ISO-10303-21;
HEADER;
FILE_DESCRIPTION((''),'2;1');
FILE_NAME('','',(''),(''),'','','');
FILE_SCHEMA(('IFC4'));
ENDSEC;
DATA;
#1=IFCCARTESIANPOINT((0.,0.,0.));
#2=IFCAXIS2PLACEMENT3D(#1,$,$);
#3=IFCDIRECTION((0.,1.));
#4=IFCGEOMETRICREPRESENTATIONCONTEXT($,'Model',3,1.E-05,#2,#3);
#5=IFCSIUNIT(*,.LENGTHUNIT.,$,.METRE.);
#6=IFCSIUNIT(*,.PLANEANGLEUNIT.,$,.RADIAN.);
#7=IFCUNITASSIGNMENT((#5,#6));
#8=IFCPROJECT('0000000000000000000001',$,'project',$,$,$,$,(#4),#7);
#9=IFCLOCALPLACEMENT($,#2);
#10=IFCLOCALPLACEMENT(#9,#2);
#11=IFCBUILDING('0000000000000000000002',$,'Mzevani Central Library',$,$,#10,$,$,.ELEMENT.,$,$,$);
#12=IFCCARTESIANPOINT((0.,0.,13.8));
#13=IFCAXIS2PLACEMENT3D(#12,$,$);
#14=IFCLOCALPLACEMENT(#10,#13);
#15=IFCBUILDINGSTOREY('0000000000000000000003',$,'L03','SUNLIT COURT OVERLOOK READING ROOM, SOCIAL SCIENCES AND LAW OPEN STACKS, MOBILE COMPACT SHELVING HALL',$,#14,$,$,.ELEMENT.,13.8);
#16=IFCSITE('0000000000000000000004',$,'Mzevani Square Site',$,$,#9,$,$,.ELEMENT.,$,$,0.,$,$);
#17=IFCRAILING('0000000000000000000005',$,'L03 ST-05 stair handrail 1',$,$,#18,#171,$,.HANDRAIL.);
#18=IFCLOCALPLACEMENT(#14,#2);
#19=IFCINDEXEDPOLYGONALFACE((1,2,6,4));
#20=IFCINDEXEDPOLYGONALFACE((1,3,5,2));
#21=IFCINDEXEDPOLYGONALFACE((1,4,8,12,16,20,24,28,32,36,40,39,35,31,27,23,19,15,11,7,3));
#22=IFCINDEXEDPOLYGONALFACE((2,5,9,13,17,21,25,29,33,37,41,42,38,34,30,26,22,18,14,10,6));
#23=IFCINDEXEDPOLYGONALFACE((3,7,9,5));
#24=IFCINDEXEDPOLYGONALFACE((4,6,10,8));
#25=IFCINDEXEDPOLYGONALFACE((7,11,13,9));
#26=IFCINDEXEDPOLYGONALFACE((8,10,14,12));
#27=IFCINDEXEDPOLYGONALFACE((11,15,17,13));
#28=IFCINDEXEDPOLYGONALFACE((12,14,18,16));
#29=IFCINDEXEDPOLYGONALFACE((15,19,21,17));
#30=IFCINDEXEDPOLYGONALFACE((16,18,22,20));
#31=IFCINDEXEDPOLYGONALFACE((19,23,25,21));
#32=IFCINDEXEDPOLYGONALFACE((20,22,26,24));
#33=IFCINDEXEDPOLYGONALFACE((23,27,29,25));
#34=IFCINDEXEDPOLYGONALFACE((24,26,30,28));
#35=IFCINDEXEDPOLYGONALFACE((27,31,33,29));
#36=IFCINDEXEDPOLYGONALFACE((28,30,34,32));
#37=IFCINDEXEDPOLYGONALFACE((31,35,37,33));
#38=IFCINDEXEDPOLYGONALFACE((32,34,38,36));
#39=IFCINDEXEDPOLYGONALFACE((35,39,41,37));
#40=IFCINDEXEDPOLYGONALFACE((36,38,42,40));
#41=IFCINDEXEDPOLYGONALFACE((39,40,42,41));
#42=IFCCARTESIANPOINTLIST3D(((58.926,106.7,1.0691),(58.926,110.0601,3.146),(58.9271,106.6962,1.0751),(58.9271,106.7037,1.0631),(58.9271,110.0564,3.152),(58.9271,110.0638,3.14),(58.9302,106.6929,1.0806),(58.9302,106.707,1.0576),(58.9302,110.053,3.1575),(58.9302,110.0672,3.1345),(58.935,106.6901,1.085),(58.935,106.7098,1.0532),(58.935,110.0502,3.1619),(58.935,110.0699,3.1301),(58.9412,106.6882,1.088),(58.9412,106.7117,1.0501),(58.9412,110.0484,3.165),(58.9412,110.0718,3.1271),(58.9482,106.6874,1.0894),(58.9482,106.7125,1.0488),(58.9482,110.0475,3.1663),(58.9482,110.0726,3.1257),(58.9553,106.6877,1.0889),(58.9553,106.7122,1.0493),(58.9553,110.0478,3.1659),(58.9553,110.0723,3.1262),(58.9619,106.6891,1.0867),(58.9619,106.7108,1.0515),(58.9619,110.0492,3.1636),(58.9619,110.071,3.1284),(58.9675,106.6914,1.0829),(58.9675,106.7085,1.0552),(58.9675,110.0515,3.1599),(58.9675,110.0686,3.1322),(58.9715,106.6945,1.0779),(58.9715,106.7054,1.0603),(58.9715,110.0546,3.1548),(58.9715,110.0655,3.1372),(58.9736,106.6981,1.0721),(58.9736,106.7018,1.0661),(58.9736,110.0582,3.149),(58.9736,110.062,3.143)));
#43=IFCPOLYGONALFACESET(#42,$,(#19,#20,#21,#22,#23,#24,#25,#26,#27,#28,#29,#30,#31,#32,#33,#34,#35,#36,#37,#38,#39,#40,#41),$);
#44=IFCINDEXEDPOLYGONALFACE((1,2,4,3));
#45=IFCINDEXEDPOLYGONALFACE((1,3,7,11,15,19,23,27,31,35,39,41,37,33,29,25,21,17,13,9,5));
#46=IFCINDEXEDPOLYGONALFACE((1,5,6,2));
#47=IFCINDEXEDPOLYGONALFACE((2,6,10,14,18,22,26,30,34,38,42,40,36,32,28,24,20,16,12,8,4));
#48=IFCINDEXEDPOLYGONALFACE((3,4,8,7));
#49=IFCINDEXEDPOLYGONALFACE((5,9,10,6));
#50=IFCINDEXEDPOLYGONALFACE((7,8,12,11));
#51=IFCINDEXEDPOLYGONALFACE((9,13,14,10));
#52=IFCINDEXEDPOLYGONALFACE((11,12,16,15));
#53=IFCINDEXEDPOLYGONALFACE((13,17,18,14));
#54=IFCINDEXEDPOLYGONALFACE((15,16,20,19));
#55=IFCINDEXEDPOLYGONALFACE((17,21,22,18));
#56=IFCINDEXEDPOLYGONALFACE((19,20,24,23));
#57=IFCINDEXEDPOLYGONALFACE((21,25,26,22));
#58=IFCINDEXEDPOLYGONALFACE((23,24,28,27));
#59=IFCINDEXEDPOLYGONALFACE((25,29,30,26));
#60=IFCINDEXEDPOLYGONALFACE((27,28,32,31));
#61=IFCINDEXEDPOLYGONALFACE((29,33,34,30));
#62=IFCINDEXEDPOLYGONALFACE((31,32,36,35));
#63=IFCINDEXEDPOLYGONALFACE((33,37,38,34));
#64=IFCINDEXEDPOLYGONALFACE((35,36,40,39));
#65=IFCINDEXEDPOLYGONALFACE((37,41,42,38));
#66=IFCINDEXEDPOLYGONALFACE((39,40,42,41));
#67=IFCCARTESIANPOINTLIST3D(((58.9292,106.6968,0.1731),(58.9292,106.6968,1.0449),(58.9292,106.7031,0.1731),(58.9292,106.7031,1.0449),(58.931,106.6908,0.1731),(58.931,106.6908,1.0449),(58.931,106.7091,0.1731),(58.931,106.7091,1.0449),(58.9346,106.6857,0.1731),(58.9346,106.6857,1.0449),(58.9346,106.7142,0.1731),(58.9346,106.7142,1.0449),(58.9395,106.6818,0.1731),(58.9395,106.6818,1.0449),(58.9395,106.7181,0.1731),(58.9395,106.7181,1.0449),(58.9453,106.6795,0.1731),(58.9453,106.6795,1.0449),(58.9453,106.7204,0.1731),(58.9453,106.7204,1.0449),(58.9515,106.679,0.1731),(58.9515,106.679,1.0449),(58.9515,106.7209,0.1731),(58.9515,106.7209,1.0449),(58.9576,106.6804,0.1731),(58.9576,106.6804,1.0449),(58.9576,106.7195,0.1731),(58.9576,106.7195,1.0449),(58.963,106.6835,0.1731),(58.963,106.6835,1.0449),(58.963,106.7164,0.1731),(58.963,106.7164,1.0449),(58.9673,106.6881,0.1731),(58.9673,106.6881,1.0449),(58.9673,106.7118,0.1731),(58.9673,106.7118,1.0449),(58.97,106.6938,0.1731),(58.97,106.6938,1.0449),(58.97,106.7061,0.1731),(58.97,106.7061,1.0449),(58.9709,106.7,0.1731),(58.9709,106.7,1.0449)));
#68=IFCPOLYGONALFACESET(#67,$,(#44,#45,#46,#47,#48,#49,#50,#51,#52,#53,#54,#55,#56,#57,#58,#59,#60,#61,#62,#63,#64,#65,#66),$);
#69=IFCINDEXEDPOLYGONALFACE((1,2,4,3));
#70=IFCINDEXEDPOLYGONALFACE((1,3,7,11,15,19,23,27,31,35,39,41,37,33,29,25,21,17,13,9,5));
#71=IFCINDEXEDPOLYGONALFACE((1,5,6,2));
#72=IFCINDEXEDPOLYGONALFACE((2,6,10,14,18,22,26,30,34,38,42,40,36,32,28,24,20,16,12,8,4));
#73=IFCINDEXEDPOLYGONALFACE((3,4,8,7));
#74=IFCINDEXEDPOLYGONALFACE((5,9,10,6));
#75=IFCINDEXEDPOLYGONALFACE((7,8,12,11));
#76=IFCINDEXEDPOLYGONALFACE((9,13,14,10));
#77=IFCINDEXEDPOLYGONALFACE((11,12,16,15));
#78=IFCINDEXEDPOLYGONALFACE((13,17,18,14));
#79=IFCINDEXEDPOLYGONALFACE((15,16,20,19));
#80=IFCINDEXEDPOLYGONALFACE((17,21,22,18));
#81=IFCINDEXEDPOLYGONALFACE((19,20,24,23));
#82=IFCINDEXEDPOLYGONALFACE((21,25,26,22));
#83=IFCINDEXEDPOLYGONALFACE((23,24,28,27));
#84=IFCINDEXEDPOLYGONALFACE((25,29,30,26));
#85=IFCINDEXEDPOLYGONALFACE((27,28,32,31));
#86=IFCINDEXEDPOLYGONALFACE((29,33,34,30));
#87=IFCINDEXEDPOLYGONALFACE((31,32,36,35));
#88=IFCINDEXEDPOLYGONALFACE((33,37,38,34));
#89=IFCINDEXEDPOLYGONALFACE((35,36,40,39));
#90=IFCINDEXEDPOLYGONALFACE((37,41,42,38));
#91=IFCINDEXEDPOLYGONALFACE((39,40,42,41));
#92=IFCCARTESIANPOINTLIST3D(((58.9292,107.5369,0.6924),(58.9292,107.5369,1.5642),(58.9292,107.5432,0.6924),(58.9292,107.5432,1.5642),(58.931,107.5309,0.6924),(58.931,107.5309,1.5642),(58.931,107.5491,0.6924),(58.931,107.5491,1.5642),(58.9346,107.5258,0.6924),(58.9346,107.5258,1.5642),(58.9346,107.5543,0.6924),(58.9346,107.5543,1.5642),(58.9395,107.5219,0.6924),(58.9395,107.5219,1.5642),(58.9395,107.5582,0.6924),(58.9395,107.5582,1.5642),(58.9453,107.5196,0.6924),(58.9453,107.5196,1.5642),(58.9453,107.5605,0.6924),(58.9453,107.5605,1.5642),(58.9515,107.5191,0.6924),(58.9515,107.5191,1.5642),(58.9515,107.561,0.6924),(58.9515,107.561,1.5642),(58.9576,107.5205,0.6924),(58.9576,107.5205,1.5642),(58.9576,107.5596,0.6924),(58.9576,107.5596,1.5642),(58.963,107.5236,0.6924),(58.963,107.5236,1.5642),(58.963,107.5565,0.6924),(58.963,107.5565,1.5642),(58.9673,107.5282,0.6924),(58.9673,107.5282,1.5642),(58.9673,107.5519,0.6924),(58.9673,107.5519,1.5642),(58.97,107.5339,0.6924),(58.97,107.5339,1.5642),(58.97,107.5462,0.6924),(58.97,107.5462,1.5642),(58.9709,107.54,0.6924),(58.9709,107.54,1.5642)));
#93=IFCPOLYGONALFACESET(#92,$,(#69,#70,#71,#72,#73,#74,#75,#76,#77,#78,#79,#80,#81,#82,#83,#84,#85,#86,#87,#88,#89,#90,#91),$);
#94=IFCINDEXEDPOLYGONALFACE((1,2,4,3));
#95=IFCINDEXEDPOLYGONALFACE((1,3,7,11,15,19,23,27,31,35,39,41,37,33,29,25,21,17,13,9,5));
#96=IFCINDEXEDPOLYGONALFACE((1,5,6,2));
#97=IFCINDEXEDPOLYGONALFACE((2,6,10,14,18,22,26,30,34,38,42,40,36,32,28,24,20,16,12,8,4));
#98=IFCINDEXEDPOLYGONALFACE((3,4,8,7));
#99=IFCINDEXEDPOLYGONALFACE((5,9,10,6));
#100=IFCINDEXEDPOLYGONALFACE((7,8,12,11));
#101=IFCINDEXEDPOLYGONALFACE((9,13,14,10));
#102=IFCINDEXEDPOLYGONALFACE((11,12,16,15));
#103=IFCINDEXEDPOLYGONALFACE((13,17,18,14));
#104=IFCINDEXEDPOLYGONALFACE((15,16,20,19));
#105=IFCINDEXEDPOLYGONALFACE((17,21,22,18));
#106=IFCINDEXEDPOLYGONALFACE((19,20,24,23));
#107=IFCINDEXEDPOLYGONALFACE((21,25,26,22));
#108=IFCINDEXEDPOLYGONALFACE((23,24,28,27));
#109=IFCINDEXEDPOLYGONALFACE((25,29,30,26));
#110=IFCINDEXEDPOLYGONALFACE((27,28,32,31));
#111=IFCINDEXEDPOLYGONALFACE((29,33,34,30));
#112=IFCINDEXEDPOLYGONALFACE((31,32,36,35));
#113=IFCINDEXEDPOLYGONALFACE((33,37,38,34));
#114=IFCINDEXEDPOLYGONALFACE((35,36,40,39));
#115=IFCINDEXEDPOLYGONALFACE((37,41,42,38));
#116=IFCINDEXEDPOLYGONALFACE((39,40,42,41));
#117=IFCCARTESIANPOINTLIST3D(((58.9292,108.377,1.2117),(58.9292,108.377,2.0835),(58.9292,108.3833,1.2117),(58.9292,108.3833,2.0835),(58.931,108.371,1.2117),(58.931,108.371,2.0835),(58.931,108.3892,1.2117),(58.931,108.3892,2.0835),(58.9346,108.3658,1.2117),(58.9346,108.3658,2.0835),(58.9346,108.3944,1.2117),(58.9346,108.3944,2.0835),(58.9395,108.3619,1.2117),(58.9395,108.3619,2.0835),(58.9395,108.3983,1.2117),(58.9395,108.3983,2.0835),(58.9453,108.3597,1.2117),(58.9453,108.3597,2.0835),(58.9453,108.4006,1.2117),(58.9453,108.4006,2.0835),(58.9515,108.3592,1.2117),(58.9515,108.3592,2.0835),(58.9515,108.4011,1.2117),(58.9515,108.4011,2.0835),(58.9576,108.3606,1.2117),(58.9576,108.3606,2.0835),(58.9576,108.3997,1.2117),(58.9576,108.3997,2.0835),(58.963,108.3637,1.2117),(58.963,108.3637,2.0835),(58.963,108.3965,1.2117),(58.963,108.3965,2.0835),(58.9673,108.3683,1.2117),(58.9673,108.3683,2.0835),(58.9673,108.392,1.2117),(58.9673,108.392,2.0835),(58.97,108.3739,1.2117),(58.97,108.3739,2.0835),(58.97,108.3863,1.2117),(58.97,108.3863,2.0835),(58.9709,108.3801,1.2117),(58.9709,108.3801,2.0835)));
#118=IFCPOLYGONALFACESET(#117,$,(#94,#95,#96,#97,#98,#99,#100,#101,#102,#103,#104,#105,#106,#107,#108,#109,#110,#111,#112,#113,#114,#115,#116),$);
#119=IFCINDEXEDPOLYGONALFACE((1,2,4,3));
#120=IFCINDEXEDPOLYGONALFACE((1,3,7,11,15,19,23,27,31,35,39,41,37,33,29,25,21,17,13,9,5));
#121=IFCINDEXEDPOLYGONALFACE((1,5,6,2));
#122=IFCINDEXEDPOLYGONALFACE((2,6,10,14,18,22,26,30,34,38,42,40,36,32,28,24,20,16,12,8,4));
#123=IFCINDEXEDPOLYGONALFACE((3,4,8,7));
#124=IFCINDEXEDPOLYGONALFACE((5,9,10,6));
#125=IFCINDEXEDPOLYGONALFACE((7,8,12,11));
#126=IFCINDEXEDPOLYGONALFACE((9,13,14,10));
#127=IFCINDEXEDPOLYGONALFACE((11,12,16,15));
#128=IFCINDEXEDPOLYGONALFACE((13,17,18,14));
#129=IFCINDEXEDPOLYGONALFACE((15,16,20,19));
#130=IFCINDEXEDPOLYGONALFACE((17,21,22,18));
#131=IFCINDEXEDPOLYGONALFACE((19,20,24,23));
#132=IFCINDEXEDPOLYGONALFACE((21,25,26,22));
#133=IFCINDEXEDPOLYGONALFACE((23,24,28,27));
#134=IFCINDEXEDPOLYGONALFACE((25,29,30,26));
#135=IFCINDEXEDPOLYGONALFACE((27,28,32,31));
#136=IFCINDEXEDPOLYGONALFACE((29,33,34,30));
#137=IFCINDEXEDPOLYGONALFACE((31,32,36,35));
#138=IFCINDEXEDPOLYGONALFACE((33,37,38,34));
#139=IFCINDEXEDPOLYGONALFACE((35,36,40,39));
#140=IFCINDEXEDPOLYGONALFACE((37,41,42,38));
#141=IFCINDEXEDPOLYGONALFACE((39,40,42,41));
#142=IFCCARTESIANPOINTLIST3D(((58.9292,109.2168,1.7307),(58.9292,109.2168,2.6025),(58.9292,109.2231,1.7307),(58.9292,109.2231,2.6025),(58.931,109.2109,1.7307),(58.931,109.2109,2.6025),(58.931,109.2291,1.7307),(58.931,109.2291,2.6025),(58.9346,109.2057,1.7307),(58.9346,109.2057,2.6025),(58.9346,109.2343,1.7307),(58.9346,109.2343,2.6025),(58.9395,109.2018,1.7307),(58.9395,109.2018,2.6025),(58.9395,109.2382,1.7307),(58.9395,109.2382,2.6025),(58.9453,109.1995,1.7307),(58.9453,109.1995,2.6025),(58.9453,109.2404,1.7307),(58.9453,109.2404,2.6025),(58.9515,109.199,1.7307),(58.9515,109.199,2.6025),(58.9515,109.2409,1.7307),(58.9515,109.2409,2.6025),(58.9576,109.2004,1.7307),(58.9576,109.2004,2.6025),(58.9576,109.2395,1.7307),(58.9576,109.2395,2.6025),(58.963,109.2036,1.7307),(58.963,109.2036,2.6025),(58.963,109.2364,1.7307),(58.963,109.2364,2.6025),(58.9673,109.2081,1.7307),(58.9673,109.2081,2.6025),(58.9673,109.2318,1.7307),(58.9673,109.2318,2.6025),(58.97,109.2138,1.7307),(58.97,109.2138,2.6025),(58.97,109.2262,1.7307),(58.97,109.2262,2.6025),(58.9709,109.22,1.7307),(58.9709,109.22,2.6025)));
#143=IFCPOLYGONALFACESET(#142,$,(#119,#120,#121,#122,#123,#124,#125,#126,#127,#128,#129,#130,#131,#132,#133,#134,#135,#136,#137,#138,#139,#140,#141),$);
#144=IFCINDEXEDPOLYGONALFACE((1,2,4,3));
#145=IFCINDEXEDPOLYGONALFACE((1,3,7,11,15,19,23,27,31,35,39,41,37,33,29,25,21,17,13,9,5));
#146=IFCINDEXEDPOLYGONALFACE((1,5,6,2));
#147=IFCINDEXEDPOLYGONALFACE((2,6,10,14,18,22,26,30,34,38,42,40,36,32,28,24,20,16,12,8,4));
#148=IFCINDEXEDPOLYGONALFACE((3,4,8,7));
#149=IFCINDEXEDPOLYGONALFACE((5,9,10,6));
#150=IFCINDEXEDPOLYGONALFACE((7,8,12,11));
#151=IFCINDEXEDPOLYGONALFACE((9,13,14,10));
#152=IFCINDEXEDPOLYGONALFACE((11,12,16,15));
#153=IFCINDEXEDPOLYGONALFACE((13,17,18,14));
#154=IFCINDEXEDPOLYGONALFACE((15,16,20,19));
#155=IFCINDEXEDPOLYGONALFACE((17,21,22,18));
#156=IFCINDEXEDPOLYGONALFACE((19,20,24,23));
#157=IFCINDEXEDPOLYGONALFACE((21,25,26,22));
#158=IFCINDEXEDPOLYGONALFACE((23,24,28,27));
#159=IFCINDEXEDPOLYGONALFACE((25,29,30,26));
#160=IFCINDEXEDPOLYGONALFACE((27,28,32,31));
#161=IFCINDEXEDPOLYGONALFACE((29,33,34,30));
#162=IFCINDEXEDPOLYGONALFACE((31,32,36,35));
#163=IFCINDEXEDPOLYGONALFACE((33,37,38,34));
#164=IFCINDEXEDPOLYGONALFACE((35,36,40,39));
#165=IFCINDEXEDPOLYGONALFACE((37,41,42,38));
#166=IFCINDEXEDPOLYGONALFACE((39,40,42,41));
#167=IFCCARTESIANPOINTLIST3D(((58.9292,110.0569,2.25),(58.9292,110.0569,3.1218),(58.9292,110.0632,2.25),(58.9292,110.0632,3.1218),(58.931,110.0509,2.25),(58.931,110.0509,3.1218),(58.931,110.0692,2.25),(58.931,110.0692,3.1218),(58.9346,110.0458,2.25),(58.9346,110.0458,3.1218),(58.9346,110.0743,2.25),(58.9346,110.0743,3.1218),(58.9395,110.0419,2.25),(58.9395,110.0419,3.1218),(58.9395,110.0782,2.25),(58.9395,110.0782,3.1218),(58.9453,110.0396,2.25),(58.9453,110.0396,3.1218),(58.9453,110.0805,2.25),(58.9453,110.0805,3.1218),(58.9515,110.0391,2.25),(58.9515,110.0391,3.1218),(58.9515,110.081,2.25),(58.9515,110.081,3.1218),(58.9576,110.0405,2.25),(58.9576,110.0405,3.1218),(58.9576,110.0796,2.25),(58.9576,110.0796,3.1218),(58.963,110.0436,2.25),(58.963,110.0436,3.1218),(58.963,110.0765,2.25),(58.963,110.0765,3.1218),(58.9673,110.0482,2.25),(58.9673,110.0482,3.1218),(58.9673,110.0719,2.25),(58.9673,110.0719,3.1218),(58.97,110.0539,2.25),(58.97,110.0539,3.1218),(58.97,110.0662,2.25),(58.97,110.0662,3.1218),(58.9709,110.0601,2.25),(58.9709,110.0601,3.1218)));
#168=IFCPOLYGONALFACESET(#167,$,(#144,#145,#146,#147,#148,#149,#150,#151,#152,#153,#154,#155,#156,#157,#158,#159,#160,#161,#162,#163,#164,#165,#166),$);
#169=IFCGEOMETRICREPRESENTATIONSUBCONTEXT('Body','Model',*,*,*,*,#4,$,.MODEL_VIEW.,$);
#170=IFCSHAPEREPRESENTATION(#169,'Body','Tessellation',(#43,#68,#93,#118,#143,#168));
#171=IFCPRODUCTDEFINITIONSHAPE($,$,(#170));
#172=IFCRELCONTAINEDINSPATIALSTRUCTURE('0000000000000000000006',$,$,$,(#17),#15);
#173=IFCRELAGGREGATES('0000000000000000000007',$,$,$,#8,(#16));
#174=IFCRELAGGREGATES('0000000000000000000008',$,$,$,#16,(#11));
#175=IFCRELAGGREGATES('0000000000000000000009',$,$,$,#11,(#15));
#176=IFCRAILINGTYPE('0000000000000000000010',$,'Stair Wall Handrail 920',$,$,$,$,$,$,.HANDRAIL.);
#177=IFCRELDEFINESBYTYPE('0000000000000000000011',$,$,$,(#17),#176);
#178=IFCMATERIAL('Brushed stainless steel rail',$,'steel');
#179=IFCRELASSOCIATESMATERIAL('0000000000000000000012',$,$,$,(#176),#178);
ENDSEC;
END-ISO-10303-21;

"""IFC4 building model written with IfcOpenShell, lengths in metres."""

from ifc_helpers import new_model, si_unit, direction, frame, origin, origin_2d, place, context, subcontext, project, spatial, circle, extrude, material, type_object, element, save


model = new_model("IFC4")

# Units and contexts
model_context = context("Model", 3, precision=1e-05, world=origin(), true_north=direction((0.0, 1.0)))
body_context = subcontext(model_context, "Body", "Model", "MODEL_VIEW")
ifc_project = project(units=[si_unit("LENGTHUNIT", "METRE"), si_unit("PLANEANGLEUNIT", "RADIAN")], contexts=[model_context])

# Site, building, storey
site_placement = place(None, origin())
site = spatial("IfcSite", under=ifc_project, at=site_placement, Name="Mzevani Square Site", CompositionType="ELEMENT", RefElevation=0.0)
building_placement = place(site_placement, origin())
building = spatial("IfcBuilding", under=site, at=building_placement, Name="Mzevani Central Library", CompositionType="ELEMENT")
storey_placement = place(building_placement, frame((0.0, 0.0, 13.8)))
storey = spatial("IfcBuildingStorey", under=building, at=storey_placement, Name="L03", Description="SUNLIT COURT OVERLOOK READING ROOM, SOCIAL SCIENCES AND LAW OPEN STACKS, MOBILE COMPACT SHELVING HALL", CompositionType="ELEMENT", Elevation=13.8)

# Shared definitions
ifc_material_1 = material(Name="Brushed stainless steel rail", Category="steel")

# Railing
railing_type_1 = type_object("IfcRailingType", Name="Stair Wall Handrail 920", PredefinedType="HANDRAIL", material=ifc_material_1)
railing_1_placement = place(storey_placement, frame((58.95, 106.7, 0.1731)))
element("IfcRailing", 1, at=railing_1_placement, inside=storey, type_object=railing_type_1, Name="L03 ST-05 stair handrail 1", PredefinedType="HANDRAIL", context=body_context, shape_type="SweptSolid", body=[
    extrude(circle(Radius=0.0239, at=origin_2d()), frame((0.0, 0.0, 0.896), z_axis=(0.0, 0.850623, 0.525776), x_axis=(-1.0, 0.0, 0.0)), (0.0, 0.0, 1.0), 3.9502),
    extrude(circle(Radius=0.021, at=origin_2d()), origin(), (0.0, 0.0, 1.0), 0.8718),
    extrude(circle(Radius=0.021, at=origin_2d()), frame((0.0, 0.8401, 0.5193)), (0.0, 0.0, 1.0), 0.8718),
    extrude(circle(Radius=0.021, at=origin_2d()), frame((0.0, 1.6802, 1.0386)), (0.0, 0.0, 1.0), 0.8718),
    extrude(circle(Radius=0.021, at=origin_2d()), frame((0.0, 2.52, 1.5576)), (0.0, 0.0, 1.0), 0.8718),
    extrude(circle(Radius=0.021, at=origin_2d()), frame((0.0, 3.3601, 2.0769)), (0.0, 0.0, 1.0), 0.8718),
])

save(model, "model.ifc")
